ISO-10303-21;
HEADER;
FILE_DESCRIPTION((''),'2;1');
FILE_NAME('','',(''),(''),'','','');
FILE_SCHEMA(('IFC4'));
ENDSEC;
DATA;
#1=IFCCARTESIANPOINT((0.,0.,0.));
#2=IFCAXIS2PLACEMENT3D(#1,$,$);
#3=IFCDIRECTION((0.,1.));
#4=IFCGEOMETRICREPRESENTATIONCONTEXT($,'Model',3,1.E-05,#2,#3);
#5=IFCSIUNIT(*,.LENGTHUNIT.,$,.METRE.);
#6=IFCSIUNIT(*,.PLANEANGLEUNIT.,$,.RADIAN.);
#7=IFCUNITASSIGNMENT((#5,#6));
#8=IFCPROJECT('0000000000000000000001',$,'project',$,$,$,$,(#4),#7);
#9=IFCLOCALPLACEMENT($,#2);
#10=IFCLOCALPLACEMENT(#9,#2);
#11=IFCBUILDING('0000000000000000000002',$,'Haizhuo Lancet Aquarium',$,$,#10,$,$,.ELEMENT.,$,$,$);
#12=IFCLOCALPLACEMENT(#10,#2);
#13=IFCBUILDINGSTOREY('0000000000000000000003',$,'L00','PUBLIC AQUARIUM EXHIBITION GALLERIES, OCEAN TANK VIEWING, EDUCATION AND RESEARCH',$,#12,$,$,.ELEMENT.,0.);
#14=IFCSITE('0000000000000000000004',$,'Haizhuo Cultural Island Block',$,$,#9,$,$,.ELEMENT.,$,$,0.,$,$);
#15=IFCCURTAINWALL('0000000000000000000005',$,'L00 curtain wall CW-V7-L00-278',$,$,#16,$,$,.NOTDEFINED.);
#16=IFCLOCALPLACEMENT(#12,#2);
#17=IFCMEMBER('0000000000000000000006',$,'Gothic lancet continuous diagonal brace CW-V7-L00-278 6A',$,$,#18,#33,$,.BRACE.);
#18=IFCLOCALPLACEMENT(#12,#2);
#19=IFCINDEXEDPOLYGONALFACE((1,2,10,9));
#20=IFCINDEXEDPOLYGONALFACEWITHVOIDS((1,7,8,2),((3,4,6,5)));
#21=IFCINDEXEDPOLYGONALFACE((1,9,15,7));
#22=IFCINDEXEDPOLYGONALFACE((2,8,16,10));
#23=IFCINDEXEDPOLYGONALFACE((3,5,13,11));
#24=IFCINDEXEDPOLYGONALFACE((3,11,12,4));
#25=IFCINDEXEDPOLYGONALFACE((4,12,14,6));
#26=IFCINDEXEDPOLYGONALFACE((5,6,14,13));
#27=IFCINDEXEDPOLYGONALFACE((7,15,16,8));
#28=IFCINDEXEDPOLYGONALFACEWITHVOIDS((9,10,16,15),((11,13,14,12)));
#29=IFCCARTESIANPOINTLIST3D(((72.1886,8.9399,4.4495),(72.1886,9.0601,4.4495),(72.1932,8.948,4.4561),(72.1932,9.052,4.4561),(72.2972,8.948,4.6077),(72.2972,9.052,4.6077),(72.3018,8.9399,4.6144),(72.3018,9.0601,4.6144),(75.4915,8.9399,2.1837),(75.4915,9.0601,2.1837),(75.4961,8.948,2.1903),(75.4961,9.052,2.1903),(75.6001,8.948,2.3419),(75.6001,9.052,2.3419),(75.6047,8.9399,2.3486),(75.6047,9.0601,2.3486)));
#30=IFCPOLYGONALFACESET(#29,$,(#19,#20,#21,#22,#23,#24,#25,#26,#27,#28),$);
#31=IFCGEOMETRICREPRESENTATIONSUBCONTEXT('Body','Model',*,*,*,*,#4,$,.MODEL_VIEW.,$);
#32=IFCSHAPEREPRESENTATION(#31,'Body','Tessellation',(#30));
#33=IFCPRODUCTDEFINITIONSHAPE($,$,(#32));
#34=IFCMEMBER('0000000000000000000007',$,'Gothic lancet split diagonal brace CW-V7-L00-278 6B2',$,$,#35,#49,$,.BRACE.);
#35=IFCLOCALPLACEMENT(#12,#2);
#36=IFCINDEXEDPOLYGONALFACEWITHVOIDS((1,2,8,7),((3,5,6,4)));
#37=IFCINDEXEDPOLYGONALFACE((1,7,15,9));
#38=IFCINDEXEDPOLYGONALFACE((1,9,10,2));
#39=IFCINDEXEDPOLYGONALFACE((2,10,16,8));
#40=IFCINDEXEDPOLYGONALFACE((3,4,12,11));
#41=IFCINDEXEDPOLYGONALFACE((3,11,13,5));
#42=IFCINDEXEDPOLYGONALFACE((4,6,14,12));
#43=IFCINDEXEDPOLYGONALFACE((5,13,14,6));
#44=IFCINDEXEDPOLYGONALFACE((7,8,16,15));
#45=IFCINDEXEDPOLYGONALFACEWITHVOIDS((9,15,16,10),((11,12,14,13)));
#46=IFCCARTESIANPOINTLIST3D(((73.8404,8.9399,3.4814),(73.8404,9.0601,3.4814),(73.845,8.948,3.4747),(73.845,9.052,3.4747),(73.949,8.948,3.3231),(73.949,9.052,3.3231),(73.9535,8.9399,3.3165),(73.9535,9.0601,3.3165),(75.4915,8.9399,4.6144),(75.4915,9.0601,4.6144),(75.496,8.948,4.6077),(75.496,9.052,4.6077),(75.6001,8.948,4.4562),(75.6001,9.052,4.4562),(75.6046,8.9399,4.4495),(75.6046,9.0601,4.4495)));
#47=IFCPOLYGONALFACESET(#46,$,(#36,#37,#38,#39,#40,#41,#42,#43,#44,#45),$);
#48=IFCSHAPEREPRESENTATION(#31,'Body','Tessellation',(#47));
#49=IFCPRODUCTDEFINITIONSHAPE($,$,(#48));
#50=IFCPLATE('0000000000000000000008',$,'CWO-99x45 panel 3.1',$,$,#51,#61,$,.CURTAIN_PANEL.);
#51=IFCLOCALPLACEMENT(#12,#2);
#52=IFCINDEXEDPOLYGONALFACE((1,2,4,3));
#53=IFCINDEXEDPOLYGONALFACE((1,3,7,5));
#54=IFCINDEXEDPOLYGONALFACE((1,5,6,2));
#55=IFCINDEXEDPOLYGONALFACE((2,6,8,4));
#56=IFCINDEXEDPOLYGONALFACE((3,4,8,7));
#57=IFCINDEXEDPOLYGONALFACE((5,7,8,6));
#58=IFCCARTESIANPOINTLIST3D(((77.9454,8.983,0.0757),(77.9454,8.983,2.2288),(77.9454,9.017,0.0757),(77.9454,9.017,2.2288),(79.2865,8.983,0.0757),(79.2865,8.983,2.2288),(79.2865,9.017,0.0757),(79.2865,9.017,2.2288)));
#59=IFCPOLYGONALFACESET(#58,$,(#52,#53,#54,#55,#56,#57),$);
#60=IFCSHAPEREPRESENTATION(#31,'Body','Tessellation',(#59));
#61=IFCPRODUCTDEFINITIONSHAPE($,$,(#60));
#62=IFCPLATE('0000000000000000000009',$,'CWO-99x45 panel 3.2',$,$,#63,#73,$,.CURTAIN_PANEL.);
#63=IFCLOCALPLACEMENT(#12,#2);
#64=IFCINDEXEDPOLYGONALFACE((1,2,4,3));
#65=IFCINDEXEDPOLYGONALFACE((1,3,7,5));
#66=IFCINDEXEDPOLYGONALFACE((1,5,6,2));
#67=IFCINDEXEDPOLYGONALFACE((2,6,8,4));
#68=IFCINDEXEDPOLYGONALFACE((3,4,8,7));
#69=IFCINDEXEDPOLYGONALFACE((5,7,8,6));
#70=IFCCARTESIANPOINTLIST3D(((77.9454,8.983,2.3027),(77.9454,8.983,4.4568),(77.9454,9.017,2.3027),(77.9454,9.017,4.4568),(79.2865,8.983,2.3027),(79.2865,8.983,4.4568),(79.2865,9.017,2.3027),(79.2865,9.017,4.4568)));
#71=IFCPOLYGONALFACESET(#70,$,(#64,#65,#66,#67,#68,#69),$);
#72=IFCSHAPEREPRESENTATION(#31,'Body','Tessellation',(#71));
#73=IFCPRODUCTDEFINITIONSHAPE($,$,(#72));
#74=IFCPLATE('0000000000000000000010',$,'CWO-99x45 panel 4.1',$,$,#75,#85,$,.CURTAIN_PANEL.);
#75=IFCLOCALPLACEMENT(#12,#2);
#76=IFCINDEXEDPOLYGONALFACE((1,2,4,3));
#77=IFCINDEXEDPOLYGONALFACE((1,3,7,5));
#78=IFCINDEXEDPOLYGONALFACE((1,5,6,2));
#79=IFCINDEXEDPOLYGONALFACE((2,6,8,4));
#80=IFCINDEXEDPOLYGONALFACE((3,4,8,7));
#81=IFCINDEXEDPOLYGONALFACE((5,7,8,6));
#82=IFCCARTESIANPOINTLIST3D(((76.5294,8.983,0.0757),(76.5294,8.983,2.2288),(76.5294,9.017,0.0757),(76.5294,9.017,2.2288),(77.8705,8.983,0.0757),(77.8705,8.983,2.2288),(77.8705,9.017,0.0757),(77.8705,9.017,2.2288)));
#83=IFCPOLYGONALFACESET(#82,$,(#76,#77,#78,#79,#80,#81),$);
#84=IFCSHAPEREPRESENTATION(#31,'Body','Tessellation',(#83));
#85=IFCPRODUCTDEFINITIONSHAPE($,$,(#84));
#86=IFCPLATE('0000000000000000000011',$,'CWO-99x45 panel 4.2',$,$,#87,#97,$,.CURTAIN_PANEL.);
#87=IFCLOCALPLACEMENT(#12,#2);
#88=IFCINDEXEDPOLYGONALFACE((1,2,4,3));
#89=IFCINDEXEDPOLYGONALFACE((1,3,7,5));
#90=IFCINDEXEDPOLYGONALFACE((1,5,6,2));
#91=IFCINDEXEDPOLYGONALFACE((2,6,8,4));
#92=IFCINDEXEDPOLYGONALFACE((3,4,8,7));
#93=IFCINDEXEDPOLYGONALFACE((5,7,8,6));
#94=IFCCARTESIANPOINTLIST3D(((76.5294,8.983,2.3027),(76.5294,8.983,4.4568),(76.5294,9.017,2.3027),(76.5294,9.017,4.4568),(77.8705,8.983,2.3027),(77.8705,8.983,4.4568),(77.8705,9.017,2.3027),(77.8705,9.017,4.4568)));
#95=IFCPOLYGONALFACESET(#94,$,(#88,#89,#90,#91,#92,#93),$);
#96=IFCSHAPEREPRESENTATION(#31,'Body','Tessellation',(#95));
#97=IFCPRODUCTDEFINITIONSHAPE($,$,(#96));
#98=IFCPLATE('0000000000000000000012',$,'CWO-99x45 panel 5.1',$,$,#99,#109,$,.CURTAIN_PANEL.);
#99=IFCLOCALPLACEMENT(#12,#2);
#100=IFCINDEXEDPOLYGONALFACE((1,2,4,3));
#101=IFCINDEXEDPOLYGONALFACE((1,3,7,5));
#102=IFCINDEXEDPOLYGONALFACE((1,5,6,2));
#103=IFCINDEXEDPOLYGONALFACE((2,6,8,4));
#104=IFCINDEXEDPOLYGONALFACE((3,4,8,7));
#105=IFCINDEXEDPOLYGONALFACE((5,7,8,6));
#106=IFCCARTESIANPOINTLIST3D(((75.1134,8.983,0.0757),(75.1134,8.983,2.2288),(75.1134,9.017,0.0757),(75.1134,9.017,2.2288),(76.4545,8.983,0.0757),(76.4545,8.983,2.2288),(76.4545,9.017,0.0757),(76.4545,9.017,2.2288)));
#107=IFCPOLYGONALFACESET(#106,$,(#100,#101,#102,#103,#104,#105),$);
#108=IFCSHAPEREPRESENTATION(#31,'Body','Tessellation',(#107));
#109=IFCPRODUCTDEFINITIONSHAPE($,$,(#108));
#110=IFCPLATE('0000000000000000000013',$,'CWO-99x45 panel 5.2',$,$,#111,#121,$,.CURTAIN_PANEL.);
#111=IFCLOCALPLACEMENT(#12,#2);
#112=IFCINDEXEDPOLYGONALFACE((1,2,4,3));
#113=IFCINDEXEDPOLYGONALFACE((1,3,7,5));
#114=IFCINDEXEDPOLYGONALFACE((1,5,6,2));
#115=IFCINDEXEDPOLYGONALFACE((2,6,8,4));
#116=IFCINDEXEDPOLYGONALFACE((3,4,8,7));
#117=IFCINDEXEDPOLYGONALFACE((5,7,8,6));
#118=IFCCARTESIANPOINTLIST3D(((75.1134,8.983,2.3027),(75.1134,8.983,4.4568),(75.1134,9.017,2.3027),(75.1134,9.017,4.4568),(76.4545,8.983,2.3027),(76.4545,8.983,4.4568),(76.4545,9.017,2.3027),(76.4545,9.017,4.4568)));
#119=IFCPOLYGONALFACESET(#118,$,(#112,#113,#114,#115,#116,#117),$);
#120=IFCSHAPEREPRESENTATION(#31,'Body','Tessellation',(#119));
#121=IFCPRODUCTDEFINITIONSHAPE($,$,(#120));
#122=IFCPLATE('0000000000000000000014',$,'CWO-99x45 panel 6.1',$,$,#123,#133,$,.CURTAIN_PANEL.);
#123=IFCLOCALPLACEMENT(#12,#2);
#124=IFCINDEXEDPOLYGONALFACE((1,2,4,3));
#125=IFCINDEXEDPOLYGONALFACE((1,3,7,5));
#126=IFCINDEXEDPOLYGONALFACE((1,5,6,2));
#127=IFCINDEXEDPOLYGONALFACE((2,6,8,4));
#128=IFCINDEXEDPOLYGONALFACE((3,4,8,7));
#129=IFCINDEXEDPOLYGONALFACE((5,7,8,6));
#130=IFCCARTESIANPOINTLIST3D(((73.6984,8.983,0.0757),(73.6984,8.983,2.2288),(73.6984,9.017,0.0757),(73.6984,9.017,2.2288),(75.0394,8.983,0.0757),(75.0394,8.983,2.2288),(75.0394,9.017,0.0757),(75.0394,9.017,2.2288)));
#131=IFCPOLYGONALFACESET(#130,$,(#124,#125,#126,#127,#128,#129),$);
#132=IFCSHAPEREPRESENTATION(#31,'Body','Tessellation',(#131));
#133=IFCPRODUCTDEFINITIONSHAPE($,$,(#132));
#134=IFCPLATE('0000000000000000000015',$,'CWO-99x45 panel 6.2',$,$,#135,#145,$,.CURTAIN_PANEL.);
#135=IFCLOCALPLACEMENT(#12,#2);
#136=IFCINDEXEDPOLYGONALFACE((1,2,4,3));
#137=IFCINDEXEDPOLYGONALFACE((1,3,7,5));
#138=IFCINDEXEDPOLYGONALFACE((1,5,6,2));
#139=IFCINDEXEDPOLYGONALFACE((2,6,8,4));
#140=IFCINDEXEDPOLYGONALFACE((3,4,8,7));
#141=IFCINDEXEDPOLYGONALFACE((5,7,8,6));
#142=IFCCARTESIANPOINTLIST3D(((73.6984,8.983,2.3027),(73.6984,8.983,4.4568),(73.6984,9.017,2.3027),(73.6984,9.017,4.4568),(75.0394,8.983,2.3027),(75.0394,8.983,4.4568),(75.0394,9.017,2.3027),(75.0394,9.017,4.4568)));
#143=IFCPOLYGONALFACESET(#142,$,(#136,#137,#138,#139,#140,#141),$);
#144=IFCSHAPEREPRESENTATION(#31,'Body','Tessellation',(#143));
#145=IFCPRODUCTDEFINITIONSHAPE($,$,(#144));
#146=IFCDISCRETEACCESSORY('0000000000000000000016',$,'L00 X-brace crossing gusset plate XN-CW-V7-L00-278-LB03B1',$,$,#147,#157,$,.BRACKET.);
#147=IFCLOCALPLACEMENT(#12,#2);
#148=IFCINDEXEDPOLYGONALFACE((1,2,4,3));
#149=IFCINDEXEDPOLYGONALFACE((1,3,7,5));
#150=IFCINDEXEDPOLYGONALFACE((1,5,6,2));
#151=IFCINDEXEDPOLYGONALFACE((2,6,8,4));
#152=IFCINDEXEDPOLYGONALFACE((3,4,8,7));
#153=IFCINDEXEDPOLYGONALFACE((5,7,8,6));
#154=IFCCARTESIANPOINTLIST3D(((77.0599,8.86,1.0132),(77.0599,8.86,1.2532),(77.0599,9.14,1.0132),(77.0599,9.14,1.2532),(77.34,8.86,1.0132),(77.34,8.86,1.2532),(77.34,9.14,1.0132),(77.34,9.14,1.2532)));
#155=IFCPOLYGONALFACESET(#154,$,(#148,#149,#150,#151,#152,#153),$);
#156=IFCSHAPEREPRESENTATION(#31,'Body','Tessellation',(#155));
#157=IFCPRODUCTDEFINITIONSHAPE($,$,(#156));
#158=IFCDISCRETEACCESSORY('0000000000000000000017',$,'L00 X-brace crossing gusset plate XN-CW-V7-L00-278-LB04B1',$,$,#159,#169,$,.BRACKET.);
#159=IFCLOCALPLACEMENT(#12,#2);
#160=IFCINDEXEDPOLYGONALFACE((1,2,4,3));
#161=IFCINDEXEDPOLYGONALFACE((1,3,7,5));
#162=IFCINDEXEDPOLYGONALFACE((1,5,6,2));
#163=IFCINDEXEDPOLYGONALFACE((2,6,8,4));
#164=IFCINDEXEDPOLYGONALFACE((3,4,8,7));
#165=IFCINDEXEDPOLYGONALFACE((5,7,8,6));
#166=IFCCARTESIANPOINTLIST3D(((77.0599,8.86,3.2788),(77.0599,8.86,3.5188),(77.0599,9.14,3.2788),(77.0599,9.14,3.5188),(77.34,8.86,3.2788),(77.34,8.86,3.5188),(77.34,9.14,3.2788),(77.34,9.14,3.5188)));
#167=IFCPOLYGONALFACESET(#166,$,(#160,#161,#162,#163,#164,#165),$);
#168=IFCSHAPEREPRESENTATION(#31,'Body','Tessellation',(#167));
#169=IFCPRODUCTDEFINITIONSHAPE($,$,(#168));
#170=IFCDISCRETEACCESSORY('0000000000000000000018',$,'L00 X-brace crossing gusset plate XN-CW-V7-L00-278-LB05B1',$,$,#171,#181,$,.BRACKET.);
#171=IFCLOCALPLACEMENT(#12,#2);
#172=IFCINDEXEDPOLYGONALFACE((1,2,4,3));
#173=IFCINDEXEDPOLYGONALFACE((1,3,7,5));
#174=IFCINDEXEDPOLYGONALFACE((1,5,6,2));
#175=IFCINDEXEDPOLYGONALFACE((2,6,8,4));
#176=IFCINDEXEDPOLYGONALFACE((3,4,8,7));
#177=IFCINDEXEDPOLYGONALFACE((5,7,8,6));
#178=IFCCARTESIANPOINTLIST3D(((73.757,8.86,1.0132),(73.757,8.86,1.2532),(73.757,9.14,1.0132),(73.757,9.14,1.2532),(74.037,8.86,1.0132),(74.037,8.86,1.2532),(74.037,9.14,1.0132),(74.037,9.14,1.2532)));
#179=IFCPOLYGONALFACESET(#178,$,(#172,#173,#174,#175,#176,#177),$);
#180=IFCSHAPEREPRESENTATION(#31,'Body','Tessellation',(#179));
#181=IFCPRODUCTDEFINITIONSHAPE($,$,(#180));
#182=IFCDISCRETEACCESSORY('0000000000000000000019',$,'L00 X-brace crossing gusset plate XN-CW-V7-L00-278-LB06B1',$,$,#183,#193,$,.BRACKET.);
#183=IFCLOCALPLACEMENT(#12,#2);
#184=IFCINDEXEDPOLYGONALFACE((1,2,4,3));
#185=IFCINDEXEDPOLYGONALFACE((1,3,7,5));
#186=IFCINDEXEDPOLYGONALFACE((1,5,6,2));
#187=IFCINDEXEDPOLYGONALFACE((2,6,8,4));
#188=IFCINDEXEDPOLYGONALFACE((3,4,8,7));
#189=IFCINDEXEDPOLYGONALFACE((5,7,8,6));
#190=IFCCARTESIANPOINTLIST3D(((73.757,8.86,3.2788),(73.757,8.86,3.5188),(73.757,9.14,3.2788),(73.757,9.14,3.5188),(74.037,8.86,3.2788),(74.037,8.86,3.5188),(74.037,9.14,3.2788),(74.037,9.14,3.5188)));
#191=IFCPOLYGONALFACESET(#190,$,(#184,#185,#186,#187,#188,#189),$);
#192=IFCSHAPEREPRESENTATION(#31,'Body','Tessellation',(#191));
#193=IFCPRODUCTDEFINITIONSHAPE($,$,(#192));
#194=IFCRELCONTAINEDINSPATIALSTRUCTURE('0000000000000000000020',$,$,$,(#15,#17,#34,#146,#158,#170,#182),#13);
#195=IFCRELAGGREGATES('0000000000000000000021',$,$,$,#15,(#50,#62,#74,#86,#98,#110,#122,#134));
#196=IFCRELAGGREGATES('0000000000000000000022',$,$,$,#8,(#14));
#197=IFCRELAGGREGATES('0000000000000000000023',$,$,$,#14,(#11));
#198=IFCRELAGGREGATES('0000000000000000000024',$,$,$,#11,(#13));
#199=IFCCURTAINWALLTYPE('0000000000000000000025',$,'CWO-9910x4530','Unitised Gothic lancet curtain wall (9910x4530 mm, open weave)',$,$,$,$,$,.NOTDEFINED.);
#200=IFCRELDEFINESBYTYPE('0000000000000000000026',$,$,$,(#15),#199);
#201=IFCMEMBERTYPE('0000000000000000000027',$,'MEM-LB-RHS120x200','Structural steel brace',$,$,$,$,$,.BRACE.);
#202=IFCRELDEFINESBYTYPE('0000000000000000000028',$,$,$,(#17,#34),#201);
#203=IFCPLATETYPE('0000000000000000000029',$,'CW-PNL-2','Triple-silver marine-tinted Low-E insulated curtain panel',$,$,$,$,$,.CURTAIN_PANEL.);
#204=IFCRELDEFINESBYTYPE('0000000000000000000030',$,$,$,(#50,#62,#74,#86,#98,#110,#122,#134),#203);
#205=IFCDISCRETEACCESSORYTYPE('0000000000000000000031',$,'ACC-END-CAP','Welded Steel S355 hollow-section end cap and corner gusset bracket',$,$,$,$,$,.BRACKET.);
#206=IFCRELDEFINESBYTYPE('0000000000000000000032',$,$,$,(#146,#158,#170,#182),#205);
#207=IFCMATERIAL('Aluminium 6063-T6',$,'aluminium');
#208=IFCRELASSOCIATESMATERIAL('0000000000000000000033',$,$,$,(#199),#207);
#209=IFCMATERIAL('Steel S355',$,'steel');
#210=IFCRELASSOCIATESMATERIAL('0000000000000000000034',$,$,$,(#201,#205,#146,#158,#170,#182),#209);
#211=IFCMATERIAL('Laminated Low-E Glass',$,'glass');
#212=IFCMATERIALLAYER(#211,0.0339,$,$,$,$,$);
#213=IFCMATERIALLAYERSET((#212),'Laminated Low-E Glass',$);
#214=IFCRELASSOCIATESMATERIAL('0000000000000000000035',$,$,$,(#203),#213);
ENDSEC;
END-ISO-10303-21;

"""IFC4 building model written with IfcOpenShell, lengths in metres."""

from ifc_helpers import new_model, si_unit, direction, frame, origin, origin_2d, place, context, subcontext, project, spatial, rectangle, hollow_rectangle, extrude, material, layer, layer_set, material_profile, profile_set, type_object, element, aggregate, save


model = new_model("IFC4")

# Units and contexts
model_context = context("Model", 3, precision=1e-05, world=origin(), true_north=direction((0.0, 1.0)))
body_context = subcontext(model_context, "Body", "Model", "MODEL_VIEW")
ifc_project = project(units=[si_unit("LENGTHUNIT", "METRE"), si_unit("PLANEANGLEUNIT", "RADIAN")], contexts=[model_context])

# Site, building, storey
site_placement = place(None, origin())
site = spatial("IfcSite", under=ifc_project, at=site_placement, Name="Haizhuo Cultural Island Block", CompositionType="ELEMENT", RefElevation=0.0)
building_placement = place(site_placement, origin())
building = spatial("IfcBuilding", under=site, at=building_placement, Name="Haizhuo Lancet Aquarium", CompositionType="ELEMENT")
storey_placement = place(building_placement, origin())
storey = spatial("IfcBuildingStorey", under=building, at=storey_placement, Name="L00", Description="PUBLIC AQUARIUM EXHIBITION GALLERIES, OCEAN TANK VIEWING, EDUCATION AND RESEARCH", CompositionType="ELEMENT", Elevation=0.0)

# Curtain wall
ifc_material_1 = material(Name="Aluminium 6063-T6", Category="aluminium")
curtain_wall_type = type_object("IfcCurtainWallType", Name="CWO-9910x4530", Description="Unitised Gothic lancet curtain wall (9910x4530 mm, open weave)", PredefinedType="NOTDEFINED", material=ifc_material_1)
curtain_wall_placement = place(storey_placement, origin())
curtain_wall = element("IfcCurtainWall", 1, at=curtain_wall_placement, inside=storey, type_object=curtain_wall_type, Name="L00 curtain wall CW-V7-L00-278", PredefinedType="NOTDEFINED")

# Members
ifc_material_2 = material(Name="Steel S355", Category="steel")
ifc_material_profile_1 = material_profile(ifc_material_2, hollow_rectangle(XDim=0.1201, YDim=0.2, WallThickness=0.0081, at=origin_2d()), Name="RHS 120x200x8")
ifc_profile_set_1 = profile_set([ifc_material_profile_1], Name="Steel S355")
member_type_1 = type_object("IfcMemberType", Name="MEM-LB-RHS120x200", Description="Structural steel brace", PredefinedType="BRACE", material=ifc_profile_set_1)
member_1_placement = place(storey_placement, frame((75.5481, 9.0, 2.2661), z_axis=(-0.824616, 0.0, 0.565693), x_axis=(0.0, -1.0, 0.0)))
element("IfcMember", 2, at=member_1_placement, inside=storey, type_object=member_type_1, Name="Gothic lancet continuous diagonal brace CW-V7-L00-278 6A", PredefinedType="BRACE", context=body_context, shape_type="SweptSolid", body=[
    extrude(hollow_rectangle(XDim=0.1201, YDim=0.2, WallThickness=0.0081, at=origin_2d()), origin(), (0.0, 0.0, 1.0), 4.0054),
])
member_2_placement = place(storey_placement, frame((73.897, 9.0, 3.3989), z_axis=(0.824529, 0.0, 0.56582), x_axis=(0.0, 1.0, 0.0)))
element("IfcMember", 3, at=member_2_placement, inside=storey, type_object=member_type_1, Name="Gothic lancet split diagonal brace CW-V7-L00-278 6B2", PredefinedType="BRACE", context=body_context, shape_type="SweptSolid", body=[
    extrude(hollow_rectangle(XDim=0.1201, YDim=0.2, WallThickness=0.0081, at=origin_2d()), origin(), (0.0, 0.0, 1.0), 2.0024),
])

# Plates
ifc_material_3 = material(Name="Laminated Low-E Glass", Category="glass")
ifc_layer = layer(ifc_material_3, 0.0339)
ifc_layer_set = layer_set([ifc_layer], Name="Laminated Low-E Glass")
plate_type = type_object("IfcPlateType", Name="CW-PNL-2", Description="Triple-silver marine-tinted Low-E insulated curtain panel", PredefinedType="CURTAIN_PANEL", material=ifc_layer_set)
plate_1_placement = place(storey_placement, frame((78.616, 9.0, 0.0757), z_axis=(0.0, 0.0, 1.0), x_axis=(-1.0, 0.0, 0.0)))
plate_1 = element("IfcPlate", 4, at=plate_1_placement, type_object=plate_type, Name="CWO-99x45 panel 3.1", PredefinedType="CURTAIN_PANEL", context=body_context, shape_type="SweptSolid", body=[
    extrude(rectangle(XDim=1.3411, YDim=0.0339, at=origin_2d()), origin(), (0.0, 0.0, 1.0), 2.1531),
])
plate_2_placement = place(storey_placement, frame((78.616, 9.0, 2.3027), z_axis=(0.0, 0.0, 1.0), x_axis=(-1.0, 0.0, 0.0)))
plate_2 = element("IfcPlate", 5, at=plate_2_placement, type_object=plate_type, Name="CWO-99x45 panel 3.2", PredefinedType="CURTAIN_PANEL", context=body_context, shape_type="SweptSolid", body=[
    extrude(rectangle(XDim=1.3411, YDim=0.0339, at=origin_2d()), origin(), (0.0, 0.0, 1.0), 2.1541),
])
plate_3_placement = place(storey_placement, frame((77.2, 9.0, 0.0757), z_axis=(0.0, 0.0, 1.0), x_axis=(-1.0, 0.0, 0.0)))
plate_3 = element("IfcPlate", 6, at=plate_3_placement, type_object=plate_type, Name="CWO-99x45 panel 4.1", PredefinedType="CURTAIN_PANEL", context=body_context, shape_type="SweptSolid", body=[
    extrude(rectangle(XDim=1.3411, YDim=0.0339, at=origin_2d()), origin(), (0.0, 0.0, 1.0), 2.1531),
])
plate_4_placement = place(storey_placement, frame((77.2, 9.0, 2.3027), z_axis=(0.0, 0.0, 1.0), x_axis=(-1.0, 0.0, 0.0)))
plate_4 = element("IfcPlate", 7, at=plate_4_placement, type_object=plate_type, Name="CWO-99x45 panel 4.2", PredefinedType="CURTAIN_PANEL", context=body_context, shape_type="SweptSolid", body=[
    extrude(rectangle(XDim=1.3411, YDim=0.0339, at=origin_2d()), origin(), (0.0, 0.0, 1.0), 2.1541),
])
plate_5_placement = place(storey_placement, frame((75.7839, 9.0, 0.0757), z_axis=(0.0, 0.0, 1.0), x_axis=(-1.0, 0.0, 0.0)))
plate_5 = element("IfcPlate", 8, at=plate_5_placement, type_object=plate_type, Name="CWO-99x45 panel 5.1", PredefinedType="CURTAIN_PANEL", context=body_context, shape_type="SweptSolid", body=[
    extrude(rectangle(XDim=1.3411, YDim=0.0339, at=origin_2d()), origin(), (0.0, 0.0, 1.0), 2.1531),
])
plate_6_placement = place(storey_placement, frame((75.7839, 9.0, 2.3027), z_axis=(0.0, 0.0, 1.0), x_axis=(-1.0, 0.0, 0.0)))
plate_6 = element("IfcPlate", 9, at=plate_6_placement, type_object=plate_type, Name="CWO-99x45 panel 5.2", PredefinedType="CURTAIN_PANEL", context=body_context, shape_type="SweptSolid", body=[
    extrude(rectangle(XDim=1.3411, YDim=0.0339, at=origin_2d()), origin(), (0.0, 0.0, 1.0), 2.1541),
])
plate_7_placement = place(storey_placement, frame((74.3689, 9.0, 0.0757), z_axis=(0.0, 0.0, 1.0), x_axis=(-1.0, 0.0, 0.0)))
plate_7 = element("IfcPlate", 10, at=plate_7_placement, type_object=plate_type, Name="CWO-99x45 panel 6.1", PredefinedType="CURTAIN_PANEL", context=body_context, shape_type="SweptSolid", body=[
    extrude(rectangle(XDim=1.3411, YDim=0.0339, at=origin_2d()), origin(), (0.0, 0.0, 1.0), 2.1531),
])
plate_8_placement = place(storey_placement, frame((74.3689, 9.0, 2.3027), z_axis=(0.0, 0.0, 1.0), x_axis=(-1.0, 0.0, 0.0)))
plate_8 = element("IfcPlate", 11, at=plate_8_placement, type_object=plate_type, Name="CWO-99x45 panel 6.2", PredefinedType="CURTAIN_PANEL", context=body_context, shape_type="SweptSolid", body=[
    extrude(rectangle(XDim=1.3411, YDim=0.0339, at=origin_2d()), origin(), (0.0, 0.0, 1.0), 2.1541),
])
aggregate(curtain_wall, [plate_1, plate_2, plate_3, plate_4, plate_5, plate_6, plate_7, plate_8])

# Discrete accessories
discrete_accessory_type = type_object("IfcDiscreteAccessoryType", Name="ACC-END-CAP", Description="Welded Steel S355 hollow-section end cap and corner gusset bracket", PredefinedType="BRACKET", material=ifc_material_2)
for number, where, z_axis, x_axis, name in (
    (12, (77.2, 9.0, 1.0132), (0.0, 0.0, 1.0), (1.0, 0.0, 0.0), "L00 X-brace crossing gusset plate XN-CW-V7-L00-278-LB03B1"),
    (13, (77.2, 9.0, 3.2788), (0.0, 0.0, 1.0), (1.0, 0.0, 0.0), "L00 X-brace crossing gusset plate XN-CW-V7-L00-278-LB04B1"),
    (14, (73.897, 9.0, 1.0132), (0.0, 0.0, 1.0), (1.0, 0.0, 0.0), "L00 X-brace crossing gusset plate XN-CW-V7-L00-278-LB05B1"),
    (15, (73.897, 9.0, 3.2788), (0.0, 0.0, 1.0), (1.0, 0.0, 0.0), "L00 X-brace crossing gusset plate XN-CW-V7-L00-278-LB06B1"),
):
    element("IfcDiscreteAccessory", number, at=place(storey_placement, frame(where, z_axis=z_axis, x_axis=x_axis)), inside=storey, type_object=discrete_accessory_type, material=ifc_material_2, Name=name, PredefinedType="BRACKET", context=body_context, shape_type="SweptSolid", body=[
        extrude(rectangle(XDim=0.28, YDim=0.28, at=origin_2d()), origin(), (0.0, 0.0, 1.0), 0.24),
    ])

save(model, "model.ifc")
